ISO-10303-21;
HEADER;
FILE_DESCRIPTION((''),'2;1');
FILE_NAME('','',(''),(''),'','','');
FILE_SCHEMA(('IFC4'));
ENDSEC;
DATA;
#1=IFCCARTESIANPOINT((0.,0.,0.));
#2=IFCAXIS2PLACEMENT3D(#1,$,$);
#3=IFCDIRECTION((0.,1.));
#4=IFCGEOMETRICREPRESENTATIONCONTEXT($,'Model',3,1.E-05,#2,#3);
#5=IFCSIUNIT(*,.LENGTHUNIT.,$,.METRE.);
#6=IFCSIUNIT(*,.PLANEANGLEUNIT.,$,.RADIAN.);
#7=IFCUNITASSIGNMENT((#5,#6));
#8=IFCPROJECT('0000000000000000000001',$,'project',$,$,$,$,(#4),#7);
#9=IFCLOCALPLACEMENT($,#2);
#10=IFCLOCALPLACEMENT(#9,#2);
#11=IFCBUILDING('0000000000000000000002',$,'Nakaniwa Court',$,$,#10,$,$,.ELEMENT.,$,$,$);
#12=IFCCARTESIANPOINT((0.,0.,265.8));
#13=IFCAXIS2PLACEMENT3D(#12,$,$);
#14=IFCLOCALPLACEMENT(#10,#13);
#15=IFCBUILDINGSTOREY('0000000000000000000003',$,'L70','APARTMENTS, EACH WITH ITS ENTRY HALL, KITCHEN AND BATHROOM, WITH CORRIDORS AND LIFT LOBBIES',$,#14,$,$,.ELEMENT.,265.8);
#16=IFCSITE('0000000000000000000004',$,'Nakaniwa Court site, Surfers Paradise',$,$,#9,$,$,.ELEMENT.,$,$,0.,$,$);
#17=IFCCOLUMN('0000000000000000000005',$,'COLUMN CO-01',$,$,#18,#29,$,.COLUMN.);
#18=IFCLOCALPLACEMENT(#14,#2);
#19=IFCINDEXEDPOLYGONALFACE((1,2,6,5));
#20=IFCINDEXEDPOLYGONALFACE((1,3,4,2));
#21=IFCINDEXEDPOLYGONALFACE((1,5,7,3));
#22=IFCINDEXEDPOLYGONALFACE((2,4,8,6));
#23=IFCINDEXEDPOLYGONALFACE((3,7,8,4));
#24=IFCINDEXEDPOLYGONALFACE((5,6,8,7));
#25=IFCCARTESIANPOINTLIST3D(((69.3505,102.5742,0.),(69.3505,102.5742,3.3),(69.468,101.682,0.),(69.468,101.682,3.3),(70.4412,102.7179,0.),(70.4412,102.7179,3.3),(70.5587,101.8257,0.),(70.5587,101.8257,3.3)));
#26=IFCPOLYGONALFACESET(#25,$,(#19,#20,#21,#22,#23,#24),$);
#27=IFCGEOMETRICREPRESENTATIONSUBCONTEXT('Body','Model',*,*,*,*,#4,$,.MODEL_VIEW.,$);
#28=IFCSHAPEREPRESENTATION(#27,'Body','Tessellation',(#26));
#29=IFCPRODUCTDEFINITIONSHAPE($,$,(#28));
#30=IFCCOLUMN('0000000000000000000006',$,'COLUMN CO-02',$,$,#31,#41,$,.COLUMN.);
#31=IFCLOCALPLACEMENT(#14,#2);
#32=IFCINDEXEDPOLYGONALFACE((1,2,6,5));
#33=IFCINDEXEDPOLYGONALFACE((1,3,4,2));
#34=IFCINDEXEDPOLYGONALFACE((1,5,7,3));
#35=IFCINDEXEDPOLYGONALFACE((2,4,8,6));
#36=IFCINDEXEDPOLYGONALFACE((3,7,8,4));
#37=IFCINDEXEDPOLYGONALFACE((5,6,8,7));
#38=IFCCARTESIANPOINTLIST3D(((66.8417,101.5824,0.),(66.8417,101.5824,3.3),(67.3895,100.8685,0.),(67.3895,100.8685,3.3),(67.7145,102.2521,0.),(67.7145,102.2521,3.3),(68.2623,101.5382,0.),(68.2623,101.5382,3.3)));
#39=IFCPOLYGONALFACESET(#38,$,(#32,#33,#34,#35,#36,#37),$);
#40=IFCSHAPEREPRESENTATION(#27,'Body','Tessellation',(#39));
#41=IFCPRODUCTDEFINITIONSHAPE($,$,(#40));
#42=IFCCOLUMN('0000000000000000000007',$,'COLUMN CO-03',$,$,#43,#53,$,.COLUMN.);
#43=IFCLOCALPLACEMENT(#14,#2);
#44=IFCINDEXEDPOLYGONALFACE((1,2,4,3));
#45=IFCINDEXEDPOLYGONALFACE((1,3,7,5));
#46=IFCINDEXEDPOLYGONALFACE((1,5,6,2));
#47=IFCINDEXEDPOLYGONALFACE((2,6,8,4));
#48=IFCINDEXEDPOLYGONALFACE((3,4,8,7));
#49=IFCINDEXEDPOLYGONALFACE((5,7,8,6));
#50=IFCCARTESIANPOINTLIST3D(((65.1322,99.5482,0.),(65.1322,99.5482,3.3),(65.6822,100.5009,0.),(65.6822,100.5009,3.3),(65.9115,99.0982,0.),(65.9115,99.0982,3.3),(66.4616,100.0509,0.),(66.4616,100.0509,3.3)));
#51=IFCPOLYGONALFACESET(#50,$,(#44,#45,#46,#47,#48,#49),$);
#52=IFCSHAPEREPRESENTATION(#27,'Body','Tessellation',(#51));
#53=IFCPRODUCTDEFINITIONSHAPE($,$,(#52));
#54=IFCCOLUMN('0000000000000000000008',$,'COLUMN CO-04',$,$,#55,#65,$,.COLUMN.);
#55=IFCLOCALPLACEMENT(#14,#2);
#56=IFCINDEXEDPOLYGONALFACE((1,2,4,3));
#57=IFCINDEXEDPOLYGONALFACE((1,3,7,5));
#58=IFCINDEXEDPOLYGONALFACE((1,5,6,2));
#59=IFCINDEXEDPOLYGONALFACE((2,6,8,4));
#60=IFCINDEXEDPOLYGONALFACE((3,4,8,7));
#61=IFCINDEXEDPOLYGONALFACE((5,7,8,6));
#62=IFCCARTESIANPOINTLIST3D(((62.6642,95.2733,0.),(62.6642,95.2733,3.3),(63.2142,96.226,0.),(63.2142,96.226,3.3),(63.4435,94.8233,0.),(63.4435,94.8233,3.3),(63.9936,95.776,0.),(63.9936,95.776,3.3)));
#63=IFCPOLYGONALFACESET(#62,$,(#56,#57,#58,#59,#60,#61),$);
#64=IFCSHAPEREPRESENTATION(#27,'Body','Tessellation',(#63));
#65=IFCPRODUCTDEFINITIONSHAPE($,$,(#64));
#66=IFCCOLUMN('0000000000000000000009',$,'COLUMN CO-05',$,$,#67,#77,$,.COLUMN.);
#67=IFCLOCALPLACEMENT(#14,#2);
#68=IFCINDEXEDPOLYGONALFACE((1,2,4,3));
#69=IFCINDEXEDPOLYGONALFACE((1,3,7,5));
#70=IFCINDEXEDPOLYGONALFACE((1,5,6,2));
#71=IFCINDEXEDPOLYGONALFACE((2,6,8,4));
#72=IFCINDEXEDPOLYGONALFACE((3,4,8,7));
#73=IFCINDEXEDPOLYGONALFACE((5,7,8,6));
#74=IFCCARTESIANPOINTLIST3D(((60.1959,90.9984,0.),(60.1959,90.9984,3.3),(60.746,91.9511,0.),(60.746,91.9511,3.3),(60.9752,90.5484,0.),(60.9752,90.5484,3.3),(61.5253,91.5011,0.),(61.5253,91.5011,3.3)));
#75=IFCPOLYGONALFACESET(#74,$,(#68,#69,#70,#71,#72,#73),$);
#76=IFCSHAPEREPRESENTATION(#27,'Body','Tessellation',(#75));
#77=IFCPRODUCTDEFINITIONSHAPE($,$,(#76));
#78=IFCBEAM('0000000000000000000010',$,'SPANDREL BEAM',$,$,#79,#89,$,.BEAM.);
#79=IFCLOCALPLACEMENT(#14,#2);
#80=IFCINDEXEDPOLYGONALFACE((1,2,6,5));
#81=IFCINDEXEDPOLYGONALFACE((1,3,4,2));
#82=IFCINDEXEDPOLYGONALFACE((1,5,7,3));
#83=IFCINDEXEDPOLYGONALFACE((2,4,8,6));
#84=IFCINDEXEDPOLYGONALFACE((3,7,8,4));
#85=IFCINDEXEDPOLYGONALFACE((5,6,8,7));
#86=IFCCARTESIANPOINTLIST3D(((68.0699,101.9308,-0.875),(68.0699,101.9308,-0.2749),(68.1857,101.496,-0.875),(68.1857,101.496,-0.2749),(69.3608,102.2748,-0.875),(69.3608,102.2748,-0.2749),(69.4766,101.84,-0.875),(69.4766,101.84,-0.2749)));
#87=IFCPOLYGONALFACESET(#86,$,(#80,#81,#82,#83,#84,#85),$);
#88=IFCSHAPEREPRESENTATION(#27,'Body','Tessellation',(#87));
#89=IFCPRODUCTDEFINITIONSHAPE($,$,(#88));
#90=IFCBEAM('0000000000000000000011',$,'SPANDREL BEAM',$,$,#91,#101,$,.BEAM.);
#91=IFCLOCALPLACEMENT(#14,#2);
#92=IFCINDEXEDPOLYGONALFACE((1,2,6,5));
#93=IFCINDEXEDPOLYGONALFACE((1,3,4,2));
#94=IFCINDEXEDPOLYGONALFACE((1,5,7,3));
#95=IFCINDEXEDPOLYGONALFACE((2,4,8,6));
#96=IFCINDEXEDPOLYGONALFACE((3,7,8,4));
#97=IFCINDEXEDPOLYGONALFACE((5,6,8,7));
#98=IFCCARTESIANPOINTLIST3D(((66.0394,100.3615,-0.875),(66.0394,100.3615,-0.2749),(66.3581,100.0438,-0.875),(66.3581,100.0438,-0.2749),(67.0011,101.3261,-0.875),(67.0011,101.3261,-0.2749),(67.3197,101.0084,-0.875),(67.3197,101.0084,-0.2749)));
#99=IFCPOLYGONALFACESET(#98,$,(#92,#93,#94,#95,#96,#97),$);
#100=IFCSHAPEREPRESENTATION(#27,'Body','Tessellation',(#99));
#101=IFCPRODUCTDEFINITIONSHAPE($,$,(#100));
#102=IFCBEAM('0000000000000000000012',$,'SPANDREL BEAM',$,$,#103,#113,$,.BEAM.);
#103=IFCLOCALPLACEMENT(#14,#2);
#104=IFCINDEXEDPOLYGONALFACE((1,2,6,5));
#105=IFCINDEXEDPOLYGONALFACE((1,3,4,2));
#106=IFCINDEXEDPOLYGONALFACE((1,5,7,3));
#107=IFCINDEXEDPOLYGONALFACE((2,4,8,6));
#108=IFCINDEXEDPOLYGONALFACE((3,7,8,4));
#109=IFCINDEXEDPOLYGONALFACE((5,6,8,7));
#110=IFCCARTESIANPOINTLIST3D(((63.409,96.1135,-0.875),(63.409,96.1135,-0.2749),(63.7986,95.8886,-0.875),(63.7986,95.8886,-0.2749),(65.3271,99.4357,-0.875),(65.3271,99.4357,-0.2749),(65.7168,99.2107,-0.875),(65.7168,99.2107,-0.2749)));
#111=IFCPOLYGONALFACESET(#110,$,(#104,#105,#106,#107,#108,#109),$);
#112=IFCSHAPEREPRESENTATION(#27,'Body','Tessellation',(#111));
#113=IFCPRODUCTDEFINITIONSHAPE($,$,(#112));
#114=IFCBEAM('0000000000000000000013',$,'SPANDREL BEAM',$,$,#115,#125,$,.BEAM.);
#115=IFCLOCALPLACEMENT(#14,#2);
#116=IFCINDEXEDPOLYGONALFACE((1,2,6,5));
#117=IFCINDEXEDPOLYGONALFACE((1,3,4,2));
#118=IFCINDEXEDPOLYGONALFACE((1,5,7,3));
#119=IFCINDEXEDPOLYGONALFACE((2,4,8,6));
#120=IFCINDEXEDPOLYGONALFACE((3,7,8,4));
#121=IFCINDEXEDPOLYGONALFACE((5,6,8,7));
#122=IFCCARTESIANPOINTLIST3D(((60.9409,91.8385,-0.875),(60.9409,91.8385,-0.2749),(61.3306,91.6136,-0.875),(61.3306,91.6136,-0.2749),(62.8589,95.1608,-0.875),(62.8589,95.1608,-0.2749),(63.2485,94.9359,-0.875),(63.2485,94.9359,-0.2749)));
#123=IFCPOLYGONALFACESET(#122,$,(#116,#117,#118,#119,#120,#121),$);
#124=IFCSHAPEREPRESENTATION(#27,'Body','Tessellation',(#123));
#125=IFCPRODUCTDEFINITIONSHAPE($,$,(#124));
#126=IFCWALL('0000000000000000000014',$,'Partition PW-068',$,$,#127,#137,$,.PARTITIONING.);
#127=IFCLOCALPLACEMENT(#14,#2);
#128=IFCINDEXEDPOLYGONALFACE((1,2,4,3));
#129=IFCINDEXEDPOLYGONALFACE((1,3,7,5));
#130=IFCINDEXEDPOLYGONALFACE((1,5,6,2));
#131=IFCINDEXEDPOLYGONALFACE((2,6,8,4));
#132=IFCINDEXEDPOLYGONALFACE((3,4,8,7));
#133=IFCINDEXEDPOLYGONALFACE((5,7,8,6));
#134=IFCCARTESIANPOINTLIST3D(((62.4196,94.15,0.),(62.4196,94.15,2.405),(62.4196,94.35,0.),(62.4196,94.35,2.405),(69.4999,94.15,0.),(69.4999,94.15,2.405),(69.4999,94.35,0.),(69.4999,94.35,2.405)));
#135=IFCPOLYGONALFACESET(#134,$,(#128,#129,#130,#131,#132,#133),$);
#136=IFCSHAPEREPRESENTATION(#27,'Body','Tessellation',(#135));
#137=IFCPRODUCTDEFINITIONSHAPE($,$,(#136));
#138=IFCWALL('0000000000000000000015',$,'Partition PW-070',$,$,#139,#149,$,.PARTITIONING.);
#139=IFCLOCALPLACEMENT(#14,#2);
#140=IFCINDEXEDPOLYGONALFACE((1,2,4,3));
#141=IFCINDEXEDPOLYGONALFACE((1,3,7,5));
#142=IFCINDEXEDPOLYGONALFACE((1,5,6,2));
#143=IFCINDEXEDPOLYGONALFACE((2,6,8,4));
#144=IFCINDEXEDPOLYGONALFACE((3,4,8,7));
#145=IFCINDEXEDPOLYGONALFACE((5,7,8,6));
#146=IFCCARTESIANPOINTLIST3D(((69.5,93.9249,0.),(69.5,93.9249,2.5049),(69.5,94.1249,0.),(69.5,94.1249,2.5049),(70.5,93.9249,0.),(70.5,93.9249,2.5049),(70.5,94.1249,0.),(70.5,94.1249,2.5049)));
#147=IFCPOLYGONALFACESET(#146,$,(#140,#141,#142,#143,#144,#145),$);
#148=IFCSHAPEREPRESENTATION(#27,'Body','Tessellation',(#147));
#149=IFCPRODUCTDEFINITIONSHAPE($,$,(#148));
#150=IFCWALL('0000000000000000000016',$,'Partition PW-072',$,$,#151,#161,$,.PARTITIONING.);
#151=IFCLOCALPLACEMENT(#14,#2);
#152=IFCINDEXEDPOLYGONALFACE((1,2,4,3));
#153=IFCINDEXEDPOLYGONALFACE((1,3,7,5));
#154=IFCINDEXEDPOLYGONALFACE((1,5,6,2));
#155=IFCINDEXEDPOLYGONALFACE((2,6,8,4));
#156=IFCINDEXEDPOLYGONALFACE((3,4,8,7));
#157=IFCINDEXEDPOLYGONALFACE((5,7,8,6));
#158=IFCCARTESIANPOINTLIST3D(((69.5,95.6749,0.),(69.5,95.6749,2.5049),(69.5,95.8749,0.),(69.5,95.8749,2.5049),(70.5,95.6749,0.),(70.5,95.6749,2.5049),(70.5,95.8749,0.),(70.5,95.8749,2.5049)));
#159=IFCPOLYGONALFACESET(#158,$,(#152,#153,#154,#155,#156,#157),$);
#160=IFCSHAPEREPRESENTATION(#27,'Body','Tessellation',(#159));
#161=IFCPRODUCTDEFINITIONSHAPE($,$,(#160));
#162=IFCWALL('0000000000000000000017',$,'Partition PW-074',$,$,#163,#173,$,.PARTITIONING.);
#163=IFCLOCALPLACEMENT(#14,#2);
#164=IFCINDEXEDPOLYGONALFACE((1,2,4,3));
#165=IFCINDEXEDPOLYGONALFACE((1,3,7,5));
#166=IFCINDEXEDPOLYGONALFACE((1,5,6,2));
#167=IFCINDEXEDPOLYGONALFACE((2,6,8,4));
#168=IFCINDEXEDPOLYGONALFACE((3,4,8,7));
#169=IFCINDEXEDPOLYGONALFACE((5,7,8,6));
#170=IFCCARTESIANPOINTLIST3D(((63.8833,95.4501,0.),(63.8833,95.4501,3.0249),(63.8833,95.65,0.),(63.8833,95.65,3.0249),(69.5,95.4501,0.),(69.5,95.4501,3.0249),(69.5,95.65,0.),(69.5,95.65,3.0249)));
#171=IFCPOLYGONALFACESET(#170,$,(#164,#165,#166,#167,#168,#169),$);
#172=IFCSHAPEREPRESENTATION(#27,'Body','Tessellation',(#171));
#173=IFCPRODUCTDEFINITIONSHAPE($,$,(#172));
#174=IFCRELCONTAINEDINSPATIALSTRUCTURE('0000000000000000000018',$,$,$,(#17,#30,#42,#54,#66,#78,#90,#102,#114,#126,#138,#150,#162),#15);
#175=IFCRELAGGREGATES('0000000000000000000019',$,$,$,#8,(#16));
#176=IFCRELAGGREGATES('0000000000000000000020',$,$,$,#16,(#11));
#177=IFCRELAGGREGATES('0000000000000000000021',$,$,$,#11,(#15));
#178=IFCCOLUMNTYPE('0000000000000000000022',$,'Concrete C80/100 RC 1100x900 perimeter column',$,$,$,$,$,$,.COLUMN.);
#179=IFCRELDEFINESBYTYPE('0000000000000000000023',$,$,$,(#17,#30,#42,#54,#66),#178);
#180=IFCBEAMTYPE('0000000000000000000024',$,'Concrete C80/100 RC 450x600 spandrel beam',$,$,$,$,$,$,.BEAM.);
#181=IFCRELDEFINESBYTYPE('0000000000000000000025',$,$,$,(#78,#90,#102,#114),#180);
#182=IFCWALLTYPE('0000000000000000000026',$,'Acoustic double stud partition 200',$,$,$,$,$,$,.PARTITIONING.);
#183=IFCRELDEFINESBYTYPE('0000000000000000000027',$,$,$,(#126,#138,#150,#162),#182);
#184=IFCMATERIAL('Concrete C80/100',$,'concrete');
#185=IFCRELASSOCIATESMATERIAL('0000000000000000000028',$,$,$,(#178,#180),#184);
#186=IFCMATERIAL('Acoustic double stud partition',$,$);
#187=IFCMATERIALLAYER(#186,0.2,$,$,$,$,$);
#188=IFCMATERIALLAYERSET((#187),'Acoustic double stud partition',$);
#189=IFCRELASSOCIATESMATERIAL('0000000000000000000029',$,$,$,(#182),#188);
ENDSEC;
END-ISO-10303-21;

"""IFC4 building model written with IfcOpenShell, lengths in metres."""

from ifc_helpers import new_model, si_unit, direction, frame, frame_2d, origin, origin_2d, place, context, subcontext, project, spatial, rectangle, extrude, material, layer, layer_set, material_profile, profile_set, type_object, element, save


model = new_model("IFC4")

# Units and contexts
model_context = context("Model", 3, precision=1e-05, world=origin(), true_north=direction((0.0, 1.0)))
body_context = subcontext(model_context, "Body", "Model", "MODEL_VIEW")
ifc_project = project(units=[si_unit("LENGTHUNIT", "METRE"), si_unit("PLANEANGLEUNIT", "RADIAN")], contexts=[model_context])

# Site, building, storey
site_placement = place(None, origin())
site = spatial("IfcSite", under=ifc_project, at=site_placement, Name="Nakaniwa Court site, Surfers Paradise", CompositionType="ELEMENT", RefElevation=0.0)
building_placement = place(site_placement, origin())
building = spatial("IfcBuilding", under=site, at=building_placement, Name="Nakaniwa Court", CompositionType="ELEMENT")
storey_placement = place(building_placement, frame((0.0, 0.0, 265.8)))
storey = spatial("IfcBuildingStorey", under=building, at=storey_placement, Name="L70", Description="APARTMENTS, EACH WITH ITS ENTRY HALL, KITCHEN AND BATHROOM, WITH CORRIDORS AND LIFT LOBBIES", CompositionType="ELEMENT", Elevation=265.8)

# Columns
ifc_material_1 = material(Name="Concrete C80/100", Category="concrete")
ifc_material_profile_1 = material_profile(ifc_material_1, rectangle(XDim=1.1001, YDim=0.8999, at=origin_2d()), Name="Concrete C80/100 RC 1100x900 perimeter column")
ifc_profile_set_1 = profile_set([ifc_material_profile_1], Name="Concrete C80/100")
column_type = type_object("IfcColumnType", Name="Concrete C80/100 RC 1100x900 perimeter column", PredefinedType="COLUMN", material=ifc_profile_set_1)
for number, where, z_axis, x_axis, name in (
    (1, (69.9546, 102.2, 0.0), (0.0, 0.0, 1.0), (-0.991443, -0.130543, 0.0), "COLUMN CO-01"),
    (2, (67.552, 101.5603, 0.0), (0.0, 0.0, 1.0), (-0.793364, -0.608748, 0.0), "COLUMN CO-02"),
    (3, (65.7969, 99.7996, 0.0), (0.0, 0.0, 1.0), (-0.5, -0.866025, 0.0), "COLUMN CO-03"),
    (4, (63.3289, 95.5247, 0.0), (0.0, 0.0, 1.0), (-0.5, -0.866025, 0.0), "COLUMN CO-04"),
    (5, (60.8606, 91.2498, 0.0), (0.0, 0.0, 1.0), (-0.5, -0.866025, 0.0), "COLUMN CO-05"),
):
    element("IfcColumn", number, at=place(storey_placement, frame(where, z_axis=z_axis, x_axis=x_axis)), inside=storey, type_object=column_type, Name=name, PredefinedType="COLUMN", context=body_context, shape_type="SweptSolid", body=[
        extrude(rectangle(XDim=1.1001, YDim=0.8999, at=origin_2d()), origin(), (0.0, 0.0, 1.0), 3.3),
    ])

# Beams
ifc_material_profile_2 = material_profile(ifc_material_1, rectangle(XDim=0.45, YDim=0.6001, at=origin_2d()), Name="Concrete C80/100 RC 450x600 spandrel beam")
ifc_profile_set_2 = profile_set([ifc_material_profile_2], Name="Concrete C80/100")
beam_type = type_object("IfcBeamType", Name="Concrete C80/100 RC 450x600 spandrel beam", PredefinedType="BEAM", material=ifc_profile_set_2)
beam_1_placement = place(storey_placement, frame((69.4187, 102.0574, -0.575), z_axis=(-0.966286, -0.257469, 0.0), x_axis=(0.257469, -0.966286, 0.0)))
element("IfcBeam", 6, at=beam_1_placement, inside=storey, type_object=beam_type, Name="SPANDREL BEAM", PredefinedType="BEAM", context=body_context, shape_type="SweptSolid", body=[
    extrude(rectangle(XDim=0.45, YDim=0.6001, at=origin_2d()), origin(), (0.0, 0.0, 1.0), 1.3359),
])
beam_2_placement = place(storey_placement, frame((67.1604, 101.1672, -0.575), z_axis=(-0.706031, -0.708181, 0.0), x_axis=(0.708181, -0.706031, 0.0)))
element("IfcBeam", 7, at=beam_2_placement, inside=storey, type_object=beam_type, Name="SPANDREL BEAM", PredefinedType="BEAM", context=body_context, shape_type="SweptSolid", body=[
    extrude(rectangle(XDim=0.45, YDim=0.6001, at=origin_2d()), origin(), (0.0, 0.0, 1.0), 1.3621),
])
for number, where, z_axis, x_axis, name in (
    (8, (65.522, 99.3232, -0.575), (-0.50002, -0.866014, 0.0), (0.866014, -0.50002, 0.0), "SPANDREL BEAM"),
    (9, (63.0537, 95.0483, -0.575), (-0.499972, -0.866041, 0.0), (0.866041, -0.499972, 0.0), "SPANDREL BEAM"),
):
    element("IfcBeam", number, at=place(storey_placement, frame(where, z_axis=z_axis, x_axis=x_axis)), inside=storey, type_object=beam_type, Name=name, PredefinedType="BEAM", context=body_context, shape_type="SweptSolid", body=[
        extrude(rectangle(XDim=0.45, YDim=0.6001, at=origin_2d()), origin(), (0.0, 0.0, 1.0), 3.8362),
    ])

# Walls
ifc_material_2 = material(Name="Acoustic double stud partition")
ifc_layer_1 = layer(ifc_material_2, 0.2)
ifc_layer_set_1 = layer_set([ifc_layer_1], Name="Acoustic double stud partition")
wall_type_1 = type_object("IfcWallType", Name="Acoustic double stud partition 200", PredefinedType="PARTITIONING", material=ifc_layer_set_1)
wall_1_placement = place(storey_placement, frame((62.4197, 94.25, 0.0), z_axis=(0.0, 0.0, 1.0), x_axis=(1.0, 0.0, 0.0)))
element("IfcWall", 10, at=wall_1_placement, inside=storey, type_object=wall_type_1, Name="Partition PW-068", PredefinedType="PARTITIONING", context=body_context, shape_type="SweptSolid", body=[
    extrude(rectangle(XDim=7.0803, YDim=0.2, at=frame_2d((3.54, 0.0))), origin(), (0.0, 0.0, 1.0), 2.405),
])
for number, where, z_axis, x_axis, name in (
    (11, (69.5, 94.0249, 0.0), (0.0, 0.0, 1.0), (1.0, 0.0, 0.0), "Partition PW-070"),
    (12, (69.5, 95.7749, 0.0), (0.0, 0.0, 1.0), (1.0, 0.0, 0.0), "Partition PW-072"),
):
    element("IfcWall", number, at=place(storey_placement, frame(where, z_axis=z_axis, x_axis=x_axis)), inside=storey, type_object=wall_type_1, Name=name, PredefinedType="PARTITIONING", context=body_context, shape_type="SweptSolid", body=[
        extrude(rectangle(XDim=1.0, YDim=0.2, at=frame_2d((0.5, 0.0))), origin(), (0.0, 0.0, 1.0), 2.5049),
    ])
wall_2_placement = place(storey_placement, frame((63.8833, 95.55, 0.0), z_axis=(0.0, 0.0, 1.0), x_axis=(1.0, 0.0, 0.0)))
element("IfcWall", 13, at=wall_2_placement, inside=storey, type_object=wall_type_1, Name="Partition PW-074", PredefinedType="PARTITIONING", context=body_context, shape_type="SweptSolid", body=[
    extrude(rectangle(XDim=5.6167, YDim=0.2, at=frame_2d((2.8083, 0.0))), origin(), (0.0, 0.0, 1.0), 3.0249),
])

save(model, "model.ifc")
